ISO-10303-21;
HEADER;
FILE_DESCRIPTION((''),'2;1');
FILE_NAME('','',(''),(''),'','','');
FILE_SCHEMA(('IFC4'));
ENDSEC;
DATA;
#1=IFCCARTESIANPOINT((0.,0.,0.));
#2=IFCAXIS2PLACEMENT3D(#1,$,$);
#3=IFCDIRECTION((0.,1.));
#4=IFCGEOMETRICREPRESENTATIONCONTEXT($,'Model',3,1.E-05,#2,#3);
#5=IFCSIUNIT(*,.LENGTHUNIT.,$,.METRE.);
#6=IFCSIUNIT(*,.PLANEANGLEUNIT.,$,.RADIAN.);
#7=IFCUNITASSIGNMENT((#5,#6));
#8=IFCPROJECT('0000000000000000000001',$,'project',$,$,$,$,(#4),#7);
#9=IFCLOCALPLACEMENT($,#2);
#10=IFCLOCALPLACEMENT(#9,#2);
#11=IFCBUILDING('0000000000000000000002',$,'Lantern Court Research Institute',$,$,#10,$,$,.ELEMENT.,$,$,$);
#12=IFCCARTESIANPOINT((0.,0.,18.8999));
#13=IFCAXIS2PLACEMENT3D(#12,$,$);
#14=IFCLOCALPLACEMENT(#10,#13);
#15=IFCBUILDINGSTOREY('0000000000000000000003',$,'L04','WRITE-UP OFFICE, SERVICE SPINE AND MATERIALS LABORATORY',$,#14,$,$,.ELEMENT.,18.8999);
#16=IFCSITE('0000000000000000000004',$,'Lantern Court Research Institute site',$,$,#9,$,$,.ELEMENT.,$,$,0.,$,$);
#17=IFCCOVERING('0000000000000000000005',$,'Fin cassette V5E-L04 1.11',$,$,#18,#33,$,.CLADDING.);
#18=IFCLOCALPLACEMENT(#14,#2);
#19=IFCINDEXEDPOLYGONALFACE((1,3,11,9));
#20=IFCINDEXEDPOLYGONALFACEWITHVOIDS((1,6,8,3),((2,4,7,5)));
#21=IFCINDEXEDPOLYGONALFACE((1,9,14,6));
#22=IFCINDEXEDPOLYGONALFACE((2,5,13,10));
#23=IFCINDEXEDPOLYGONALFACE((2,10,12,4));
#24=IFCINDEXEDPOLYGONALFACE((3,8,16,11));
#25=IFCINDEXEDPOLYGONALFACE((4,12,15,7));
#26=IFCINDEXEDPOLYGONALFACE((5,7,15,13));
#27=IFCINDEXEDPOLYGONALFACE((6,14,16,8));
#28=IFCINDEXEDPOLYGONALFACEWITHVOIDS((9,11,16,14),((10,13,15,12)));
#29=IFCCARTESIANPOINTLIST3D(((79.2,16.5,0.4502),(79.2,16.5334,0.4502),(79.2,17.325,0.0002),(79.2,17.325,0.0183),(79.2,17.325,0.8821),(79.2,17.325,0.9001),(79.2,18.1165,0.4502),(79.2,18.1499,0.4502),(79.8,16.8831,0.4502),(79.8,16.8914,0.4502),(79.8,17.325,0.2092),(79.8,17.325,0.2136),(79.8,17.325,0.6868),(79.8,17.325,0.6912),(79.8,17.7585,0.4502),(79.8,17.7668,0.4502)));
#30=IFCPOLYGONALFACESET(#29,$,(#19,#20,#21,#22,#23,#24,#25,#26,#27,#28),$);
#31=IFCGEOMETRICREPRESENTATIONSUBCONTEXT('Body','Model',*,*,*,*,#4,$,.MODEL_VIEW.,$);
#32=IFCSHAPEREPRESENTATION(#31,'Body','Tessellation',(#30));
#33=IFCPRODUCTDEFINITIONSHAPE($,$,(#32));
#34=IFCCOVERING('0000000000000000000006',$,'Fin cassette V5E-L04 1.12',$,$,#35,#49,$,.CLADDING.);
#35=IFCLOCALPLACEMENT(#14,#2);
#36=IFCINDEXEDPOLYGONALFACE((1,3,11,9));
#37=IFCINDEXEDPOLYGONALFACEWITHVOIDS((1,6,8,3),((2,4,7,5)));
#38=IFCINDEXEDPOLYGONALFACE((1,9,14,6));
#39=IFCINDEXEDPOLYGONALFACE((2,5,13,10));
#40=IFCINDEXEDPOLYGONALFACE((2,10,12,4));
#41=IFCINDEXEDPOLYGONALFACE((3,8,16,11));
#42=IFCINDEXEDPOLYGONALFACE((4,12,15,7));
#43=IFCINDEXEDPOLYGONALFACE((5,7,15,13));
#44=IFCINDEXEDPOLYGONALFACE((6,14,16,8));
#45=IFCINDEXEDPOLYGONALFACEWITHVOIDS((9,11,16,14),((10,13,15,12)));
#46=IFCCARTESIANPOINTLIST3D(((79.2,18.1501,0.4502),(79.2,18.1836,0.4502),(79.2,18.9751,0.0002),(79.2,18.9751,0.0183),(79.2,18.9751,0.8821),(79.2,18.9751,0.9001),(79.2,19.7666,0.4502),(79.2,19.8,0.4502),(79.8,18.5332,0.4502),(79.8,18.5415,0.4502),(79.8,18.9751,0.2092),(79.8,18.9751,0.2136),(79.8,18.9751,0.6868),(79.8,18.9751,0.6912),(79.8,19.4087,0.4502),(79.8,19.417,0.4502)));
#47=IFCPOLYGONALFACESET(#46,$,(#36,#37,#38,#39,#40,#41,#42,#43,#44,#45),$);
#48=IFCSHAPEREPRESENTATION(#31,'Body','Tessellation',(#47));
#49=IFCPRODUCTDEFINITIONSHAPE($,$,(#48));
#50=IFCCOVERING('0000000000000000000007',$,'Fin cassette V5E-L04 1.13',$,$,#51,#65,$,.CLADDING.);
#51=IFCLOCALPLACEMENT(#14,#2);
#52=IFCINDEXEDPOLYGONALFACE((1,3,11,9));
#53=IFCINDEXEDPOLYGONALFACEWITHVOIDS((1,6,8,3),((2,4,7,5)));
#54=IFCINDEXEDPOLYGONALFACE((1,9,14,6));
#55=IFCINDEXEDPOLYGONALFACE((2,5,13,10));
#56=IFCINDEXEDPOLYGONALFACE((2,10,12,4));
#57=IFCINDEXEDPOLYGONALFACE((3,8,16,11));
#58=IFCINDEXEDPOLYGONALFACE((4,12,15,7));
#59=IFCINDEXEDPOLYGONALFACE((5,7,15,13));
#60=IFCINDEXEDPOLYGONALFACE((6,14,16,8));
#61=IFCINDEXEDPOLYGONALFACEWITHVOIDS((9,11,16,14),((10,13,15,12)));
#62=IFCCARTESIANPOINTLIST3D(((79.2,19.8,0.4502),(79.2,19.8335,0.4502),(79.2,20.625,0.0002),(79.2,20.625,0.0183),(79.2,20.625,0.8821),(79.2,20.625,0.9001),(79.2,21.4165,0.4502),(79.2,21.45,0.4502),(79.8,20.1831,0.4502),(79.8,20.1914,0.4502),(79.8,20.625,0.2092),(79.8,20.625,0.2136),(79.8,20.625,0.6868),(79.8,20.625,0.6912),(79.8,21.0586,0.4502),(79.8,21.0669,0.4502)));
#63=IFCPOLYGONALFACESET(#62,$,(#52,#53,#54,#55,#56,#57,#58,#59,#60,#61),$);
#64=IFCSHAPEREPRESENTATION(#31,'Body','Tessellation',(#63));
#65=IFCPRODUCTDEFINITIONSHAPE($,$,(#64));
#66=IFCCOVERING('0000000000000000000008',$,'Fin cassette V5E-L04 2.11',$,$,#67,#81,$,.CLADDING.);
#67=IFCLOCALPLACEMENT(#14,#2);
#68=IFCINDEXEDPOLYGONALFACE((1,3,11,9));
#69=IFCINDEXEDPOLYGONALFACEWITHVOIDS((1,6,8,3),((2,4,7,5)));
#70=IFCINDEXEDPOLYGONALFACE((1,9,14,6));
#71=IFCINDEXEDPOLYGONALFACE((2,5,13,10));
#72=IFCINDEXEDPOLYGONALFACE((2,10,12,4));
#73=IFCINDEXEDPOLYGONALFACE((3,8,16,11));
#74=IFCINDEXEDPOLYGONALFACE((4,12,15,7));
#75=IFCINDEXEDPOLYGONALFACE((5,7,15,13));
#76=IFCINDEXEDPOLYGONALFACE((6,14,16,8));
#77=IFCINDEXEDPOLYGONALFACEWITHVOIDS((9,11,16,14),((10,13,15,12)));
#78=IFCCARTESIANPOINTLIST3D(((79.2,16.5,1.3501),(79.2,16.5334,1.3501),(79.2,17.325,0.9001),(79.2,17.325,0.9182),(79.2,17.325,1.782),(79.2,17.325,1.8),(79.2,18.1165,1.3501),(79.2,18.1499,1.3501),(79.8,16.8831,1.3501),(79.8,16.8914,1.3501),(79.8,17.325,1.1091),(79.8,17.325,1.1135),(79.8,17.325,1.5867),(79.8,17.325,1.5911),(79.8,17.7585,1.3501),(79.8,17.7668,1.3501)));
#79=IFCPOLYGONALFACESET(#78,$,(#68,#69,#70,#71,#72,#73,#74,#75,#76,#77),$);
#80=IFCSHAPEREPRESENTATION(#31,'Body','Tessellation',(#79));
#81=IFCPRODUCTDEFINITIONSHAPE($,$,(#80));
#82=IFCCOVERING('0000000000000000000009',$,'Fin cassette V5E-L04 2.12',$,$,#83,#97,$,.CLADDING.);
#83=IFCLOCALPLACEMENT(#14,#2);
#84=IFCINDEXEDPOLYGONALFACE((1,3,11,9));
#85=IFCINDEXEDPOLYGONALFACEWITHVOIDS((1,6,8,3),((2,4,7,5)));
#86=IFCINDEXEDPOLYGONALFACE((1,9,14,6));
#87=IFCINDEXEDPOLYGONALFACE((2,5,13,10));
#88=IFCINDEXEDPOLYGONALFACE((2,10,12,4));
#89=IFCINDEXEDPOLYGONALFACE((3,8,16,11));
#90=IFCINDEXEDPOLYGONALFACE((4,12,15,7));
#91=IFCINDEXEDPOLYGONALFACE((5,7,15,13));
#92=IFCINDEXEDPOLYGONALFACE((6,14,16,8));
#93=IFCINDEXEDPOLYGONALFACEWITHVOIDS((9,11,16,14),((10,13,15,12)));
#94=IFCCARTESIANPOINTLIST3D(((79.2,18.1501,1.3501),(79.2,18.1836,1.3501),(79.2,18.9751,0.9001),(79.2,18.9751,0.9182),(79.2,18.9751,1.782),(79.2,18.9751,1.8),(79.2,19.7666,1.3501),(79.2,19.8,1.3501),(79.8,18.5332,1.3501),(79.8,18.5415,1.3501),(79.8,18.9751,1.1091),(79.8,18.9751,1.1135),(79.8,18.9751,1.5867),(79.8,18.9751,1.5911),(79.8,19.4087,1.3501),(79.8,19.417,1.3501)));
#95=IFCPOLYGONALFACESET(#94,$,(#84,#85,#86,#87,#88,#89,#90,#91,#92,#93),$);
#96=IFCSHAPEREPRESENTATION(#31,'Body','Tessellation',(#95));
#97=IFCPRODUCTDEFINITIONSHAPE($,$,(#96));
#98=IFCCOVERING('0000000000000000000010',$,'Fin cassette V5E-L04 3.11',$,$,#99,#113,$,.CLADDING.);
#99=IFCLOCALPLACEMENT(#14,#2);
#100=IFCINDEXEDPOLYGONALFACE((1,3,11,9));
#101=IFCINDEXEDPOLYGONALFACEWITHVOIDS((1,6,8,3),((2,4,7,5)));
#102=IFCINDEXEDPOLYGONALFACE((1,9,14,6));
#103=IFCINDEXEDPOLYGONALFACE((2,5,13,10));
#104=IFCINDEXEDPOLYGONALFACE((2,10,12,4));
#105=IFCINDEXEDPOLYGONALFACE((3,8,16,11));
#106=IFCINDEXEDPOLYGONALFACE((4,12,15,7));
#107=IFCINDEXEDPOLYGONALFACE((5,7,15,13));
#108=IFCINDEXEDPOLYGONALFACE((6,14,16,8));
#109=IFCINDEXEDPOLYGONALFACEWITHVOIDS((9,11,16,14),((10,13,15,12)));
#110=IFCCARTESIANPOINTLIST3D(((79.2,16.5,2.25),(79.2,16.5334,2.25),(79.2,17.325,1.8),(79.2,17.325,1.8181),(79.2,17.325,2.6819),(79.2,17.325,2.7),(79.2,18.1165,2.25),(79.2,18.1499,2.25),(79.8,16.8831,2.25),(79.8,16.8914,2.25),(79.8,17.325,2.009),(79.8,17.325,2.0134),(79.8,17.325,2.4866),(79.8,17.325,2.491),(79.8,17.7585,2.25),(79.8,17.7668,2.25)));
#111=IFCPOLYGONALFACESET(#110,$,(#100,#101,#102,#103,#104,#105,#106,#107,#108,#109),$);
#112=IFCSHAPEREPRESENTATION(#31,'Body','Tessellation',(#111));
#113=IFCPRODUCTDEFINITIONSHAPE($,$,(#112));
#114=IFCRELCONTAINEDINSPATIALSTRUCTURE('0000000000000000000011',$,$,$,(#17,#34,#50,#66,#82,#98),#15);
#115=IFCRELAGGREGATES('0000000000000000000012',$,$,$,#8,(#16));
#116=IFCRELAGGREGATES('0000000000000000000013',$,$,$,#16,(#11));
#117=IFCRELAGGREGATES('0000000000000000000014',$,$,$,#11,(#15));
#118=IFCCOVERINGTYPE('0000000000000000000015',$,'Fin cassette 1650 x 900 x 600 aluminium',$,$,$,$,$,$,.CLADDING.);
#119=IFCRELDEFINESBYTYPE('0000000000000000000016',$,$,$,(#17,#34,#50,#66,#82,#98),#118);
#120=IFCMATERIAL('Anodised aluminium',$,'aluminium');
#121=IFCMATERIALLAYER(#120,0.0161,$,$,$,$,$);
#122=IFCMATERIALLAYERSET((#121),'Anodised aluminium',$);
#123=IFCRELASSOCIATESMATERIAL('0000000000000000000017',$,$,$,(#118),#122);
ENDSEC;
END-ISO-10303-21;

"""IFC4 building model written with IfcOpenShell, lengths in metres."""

from ifc_helpers import new_model, entity, si_unit, direction, frame, origin, place, context, subcontext, project, spatial, material, layer, layer_set, type_object, element, save


model = new_model("IFC4")

# Units and contexts
model_context = context("Model", 3, precision=1e-05, world=origin(), true_north=direction((0.0, 1.0)))
body_context = subcontext(model_context, "Body", "Model", "MODEL_VIEW")
ifc_project = project(units=[si_unit("LENGTHUNIT", "METRE"), si_unit("PLANEANGLEUNIT", "RADIAN")], contexts=[model_context])

# Site, building, storey
site_placement = place(None, origin())
site = spatial("IfcSite", under=ifc_project, at=site_placement, Name="Lantern Court Research Institute site", CompositionType="ELEMENT", RefElevation=0.0)
building_placement = place(site_placement, origin())
building = spatial("IfcBuilding", under=site, at=building_placement, Name="Lantern Court Research Institute", CompositionType="ELEMENT")
storey_placement = place(building_placement, frame((0.0, 0.0, 18.8999)))
storey = spatial("IfcBuildingStorey", under=building, at=storey_placement, Name="L04", Description="WRITE-UP OFFICE, SERVICE SPINE AND MATERIALS LABORATORY", CompositionType="ELEMENT", Elevation=18.8999)

# Coverings
ifc_material_1 = material(Name="Anodised aluminium", Category="aluminium")
ifc_layer_1 = layer(ifc_material_1, 0.0161)
ifc_layer_set_1 = layer_set([ifc_layer_1], Name="Anodised aluminium")
covering_type = type_object("IfcCoveringType", Name="Fin cassette 1650 x 900 x 600 aluminium", PredefinedType="CLADDING", material=ifc_layer_set_1)
covering_1_placement = place(storey_placement, frame((79.2, 17.325, 0.4502), z_axis=(1.0, 0.0, 0.0), x_axis=(0.0, 1.0, 0.0)))
cartesian_point_1 = entity("IfcCartesianPoint", [0.825, 0.0])
cartesian_point_2 = entity("IfcCartesianPoint", [0.7915, 0.0])
cartesian_point_3 = entity("IfcCartesianPoint", [0.4419, 0.0])
cartesian_point_4 = entity("IfcCartesianPoint", [0.4336, 0.0])
element("IfcCovering", 1, at=covering_1_placement, inside=storey, type_object=covering_type, Name="Fin cassette V5E-L04 1.11", PredefinedType="CLADDING", context=body_context, shape_type="SweptSolid", body=[
    entity("IfcExtrudedAreaSolidTapered", entity("IfcArbitraryProfileDefWithVoids", "AREA", None, entity("IfcPolyline", [cartesian_point_1, entity("IfcCartesianPoint", [0.0, 0.45]), entity("IfcCartesianPoint", [-0.825, 0.0]), entity("IfcCartesianPoint", [0.0, -0.45]), cartesian_point_1]), [entity("IfcPolyline", [cartesian_point_2, entity("IfcCartesianPoint", [0.0, 0.4319]), entity("IfcCartesianPoint", [-0.7915, 0.0]), entity("IfcCartesianPoint", [0.0, -0.4319]), cartesian_point_2])]), entity("IfcAxis2Placement3D", entity("IfcCartesianPoint", [0.0, 0.0, 0.0])), entity("IfcDirection", [0.0, 0.0, 1.0]), 0.6001, entity("IfcArbitraryProfileDefWithVoids", "AREA", None, entity("IfcPolyline", [cartesian_point_3, entity("IfcCartesianPoint", [0.0, 0.241]), entity("IfcCartesianPoint", [-0.4419, 0.0]), entity("IfcCartesianPoint", [0.0, -0.241]), cartesian_point_3]), [entity("IfcPolyline", [cartesian_point_4, entity("IfcCartesianPoint", [0.0, 0.2366]), entity("IfcCartesianPoint", [-0.4336, 0.0]), entity("IfcCartesianPoint", [0.0, -0.2366]), cartesian_point_4])])),
])
covering_2_placement = place(storey_placement, frame((79.2, 18.9751, 0.4502), z_axis=(1.0, 0.0, 0.0), x_axis=(0.0, 1.0, 0.0)))
cartesian_point_5 = entity("IfcCartesianPoint", [0.825, 0.0])
cartesian_point_6 = entity("IfcCartesianPoint", [0.7915, 0.0])
cartesian_point_7 = entity("IfcCartesianPoint", [0.4419, 0.0])
cartesian_point_8 = entity("IfcCartesianPoint", [0.4336, 0.0])
element("IfcCovering", 2, at=covering_2_placement, inside=storey, type_object=covering_type, Name="Fin cassette V5E-L04 1.12", PredefinedType="CLADDING", context=body_context, shape_type="SweptSolid", body=[
    entity("IfcExtrudedAreaSolidTapered", entity("IfcArbitraryProfileDefWithVoids", "AREA", None, entity("IfcPolyline", [cartesian_point_5, entity("IfcCartesianPoint", [0.0, 0.45]), entity("IfcCartesianPoint", [-0.825, 0.0]), entity("IfcCartesianPoint", [0.0, -0.45]), cartesian_point_5]), [entity("IfcPolyline", [cartesian_point_6, entity("IfcCartesianPoint", [0.0, 0.4319]), entity("IfcCartesianPoint", [-0.7915, 0.0]), entity("IfcCartesianPoint", [0.0, -0.4319]), cartesian_point_6])]), entity("IfcAxis2Placement3D", entity("IfcCartesianPoint", [0.0, 0.0, 0.0])), entity("IfcDirection", [0.0, 0.0, 1.0]), 0.6001, entity("IfcArbitraryProfileDefWithVoids", "AREA", None, entity("IfcPolyline", [cartesian_point_7, entity("IfcCartesianPoint", [0.0, 0.241]), entity("IfcCartesianPoint", [-0.4419, 0.0]), entity("IfcCartesianPoint", [0.0, -0.241]), cartesian_point_7]), [entity("IfcPolyline", [cartesian_point_8, entity("IfcCartesianPoint", [0.0, 0.2366]), entity("IfcCartesianPoint", [-0.4336, 0.0]), entity("IfcCartesianPoint", [0.0, -0.2366]), cartesian_point_8])])),
])
covering_3_placement = place(storey_placement, frame((79.2, 20.625, 0.4502), z_axis=(1.0, 0.0, 0.0), x_axis=(0.0, 1.0, 0.0)))
cartesian_point_9 = entity("IfcCartesianPoint", [0.825, 0.0])
cartesian_point_10 = entity("IfcCartesianPoint", [0.7915, 0.0])
cartesian_point_11 = entity("IfcCartesianPoint", [0.4419, 0.0])
cartesian_point_12 = entity("IfcCartesianPoint", [0.4336, 0.0])
element("IfcCovering", 3, at=covering_3_placement, inside=storey, type_object=covering_type, Name="Fin cassette V5E-L04 1.13", PredefinedType="CLADDING", context=body_context, shape_type="SweptSolid", body=[
    entity("IfcExtrudedAreaSolidTapered", entity("IfcArbitraryProfileDefWithVoids", "AREA", None, entity("IfcPolyline", [cartesian_point_9, entity("IfcCartesianPoint", [0.0, 0.45]), entity("IfcCartesianPoint", [-0.825, 0.0]), entity("IfcCartesianPoint", [0.0, -0.45]), cartesian_point_9]), [entity("IfcPolyline", [cartesian_point_10, entity("IfcCartesianPoint", [0.0, 0.4319]), entity("IfcCartesianPoint", [-0.7915, 0.0]), entity("IfcCartesianPoint", [0.0, -0.4319]), cartesian_point_10])]), entity("IfcAxis2Placement3D", entity("IfcCartesianPoint", [0.0, 0.0, 0.0])), entity("IfcDirection", [0.0, 0.0, 1.0]), 0.6001, entity("IfcArbitraryProfileDefWithVoids", "AREA", None, entity("IfcPolyline", [cartesian_point_11, entity("IfcCartesianPoint", [0.0, 0.241]), entity("IfcCartesianPoint", [-0.4419, 0.0]), entity("IfcCartesianPoint", [0.0, -0.241]), cartesian_point_11]), [entity("IfcPolyline", [cartesian_point_12, entity("IfcCartesianPoint", [0.0, 0.2366]), entity("IfcCartesianPoint", [-0.4336, 0.0]), entity("IfcCartesianPoint", [0.0, -0.2366]), cartesian_point_12])])),
])
covering_4_placement = place(storey_placement, frame((79.2, 17.325, 1.3501), z_axis=(1.0, 0.0, 0.0), x_axis=(0.0, 1.0, 0.0)))
cartesian_point_13 = entity("IfcCartesianPoint", [0.825, 0.0])
cartesian_point_14 = entity("IfcCartesianPoint", [0.7915, 0.0])
cartesian_point_15 = entity("IfcCartesianPoint", [0.4419, 0.0])
cartesian_point_16 = entity("IfcCartesianPoint", [0.4336, 0.0])
element("IfcCovering", 4, at=covering_4_placement, inside=storey, type_object=covering_type, Name="Fin cassette V5E-L04 2.11", PredefinedType="CLADDING", context=body_context, shape_type="SweptSolid", body=[
    entity("IfcExtrudedAreaSolidTapered", entity("IfcArbitraryProfileDefWithVoids", "AREA", None, entity("IfcPolyline", [cartesian_point_13, entity("IfcCartesianPoint", [0.0, 0.45]), entity("IfcCartesianPoint", [-0.825, 0.0]), entity("IfcCartesianPoint", [0.0, -0.45]), cartesian_point_13]), [entity("IfcPolyline", [cartesian_point_14, entity("IfcCartesianPoint", [0.0, 0.4319]), entity("IfcCartesianPoint", [-0.7915, 0.0]), entity("IfcCartesianPoint", [0.0, -0.4319]), cartesian_point_14])]), entity("IfcAxis2Placement3D", entity("IfcCartesianPoint", [0.0, 0.0, 0.0])), entity("IfcDirection", [0.0, 0.0, 1.0]), 0.6001, entity("IfcArbitraryProfileDefWithVoids", "AREA", None, entity("IfcPolyline", [cartesian_point_15, entity("IfcCartesianPoint", [0.0, 0.241]), entity("IfcCartesianPoint", [-0.4419, 0.0]), entity("IfcCartesianPoint", [0.0, -0.241]), cartesian_point_15]), [entity("IfcPolyline", [cartesian_point_16, entity("IfcCartesianPoint", [0.0, 0.2366]), entity("IfcCartesianPoint", [-0.4336, 0.0]), entity("IfcCartesianPoint", [0.0, -0.2366]), cartesian_point_16])])),
])
covering_5_placement = place(storey_placement, frame((79.2, 18.9751, 1.3501), z_axis=(1.0, 0.0, 0.0), x_axis=(0.0, 1.0, 0.0)))
cartesian_point_17 = entity("IfcCartesianPoint", [0.825, 0.0])
cartesian_point_18 = entity("IfcCartesianPoint", [0.7915, 0.0])
cartesian_point_19 = entity("IfcCartesianPoint", [0.4419, 0.0])
cartesian_point_20 = entity("IfcCartesianPoint", [0.4336, 0.0])
element("IfcCovering", 5, at=covering_5_placement, inside=storey, type_object=covering_type, Name="Fin cassette V5E-L04 2.12", PredefinedType="CLADDING", context=body_context, shape_type="SweptSolid", body=[
    entity("IfcExtrudedAreaSolidTapered", entity("IfcArbitraryProfileDefWithVoids", "AREA", None, entity("IfcPolyline", [cartesian_point_17, entity("IfcCartesianPoint", [0.0, 0.45]), entity("IfcCartesianPoint", [-0.825, 0.0]), entity("IfcCartesianPoint", [0.0, -0.45]), cartesian_point_17]), [entity("IfcPolyline", [cartesian_point_18, entity("IfcCartesianPoint", [0.0, 0.4319]), entity("IfcCartesianPoint", [-0.7915, 0.0]), entity("IfcCartesianPoint", [0.0, -0.4319]), cartesian_point_18])]), entity("IfcAxis2Placement3D", entity("IfcCartesianPoint", [0.0, 0.0, 0.0])), entity("IfcDirection", [0.0, 0.0, 1.0]), 0.6001, entity("IfcArbitraryProfileDefWithVoids", "AREA", None, entity("IfcPolyline", [cartesian_point_19, entity("IfcCartesianPoint", [0.0, 0.241]), entity("IfcCartesianPoint", [-0.4419, 0.0]), entity("IfcCartesianPoint", [0.0, -0.241]), cartesian_point_19]), [entity("IfcPolyline", [cartesian_point_20, entity("IfcCartesianPoint", [0.0, 0.2366]), entity("IfcCartesianPoint", [-0.4336, 0.0]), entity("IfcCartesianPoint", [0.0, -0.2366]), cartesian_point_20])])),
])
covering_6_placement = place(storey_placement, frame((79.2, 17.325, 2.25), z_axis=(1.0, 0.0, 0.0), x_axis=(0.0, 1.0, 0.0)))
cartesian_point_21 = entity("IfcCartesianPoint", [0.825, 0.0])
cartesian_point_22 = entity("IfcCartesianPoint", [0.7915, 0.0])
cartesian_point_23 = entity("IfcCartesianPoint", [0.4419, 0.0])
cartesian_point_24 = entity("IfcCartesianPoint", [0.4336, 0.0])
element("IfcCovering", 6, at=covering_6_placement, inside=storey, type_object=covering_type, Name="Fin cassette V5E-L04 3.11", PredefinedType="CLADDING", context=body_context, shape_type="SweptSolid", body=[
    entity("IfcExtrudedAreaSolidTapered", entity("IfcArbitraryProfileDefWithVoids", "AREA", None, entity("IfcPolyline", [cartesian_point_21, entity("IfcCartesianPoint", [0.0, 0.45]), entity("IfcCartesianPoint", [-0.825, 0.0]), entity("IfcCartesianPoint", [0.0, -0.45]), cartesian_point_21]), [entity("IfcPolyline", [cartesian_point_22, entity("IfcCartesianPoint", [0.0, 0.4319]), entity("IfcCartesianPoint", [-0.7915, 0.0]), entity("IfcCartesianPoint", [0.0, -0.4319]), cartesian_point_22])]), entity("IfcAxis2Placement3D", entity("IfcCartesianPoint", [0.0, 0.0, 0.0])), entity("IfcDirection", [0.0, 0.0, 1.0]), 0.6001, entity("IfcArbitraryProfileDefWithVoids", "AREA", None, entity("IfcPolyline", [cartesian_point_23, entity("IfcCartesianPoint", [0.0, 0.241]), entity("IfcCartesianPoint", [-0.4419, 0.0]), entity("IfcCartesianPoint", [0.0, -0.241]), cartesian_point_23]), [entity("IfcPolyline", [cartesian_point_24, entity("IfcCartesianPoint", [0.0, 0.2366]), entity("IfcCartesianPoint", [-0.4336, 0.0]), entity("IfcCartesianPoint", [0.0, -0.2366]), cartesian_point_24])])),
])

save(model, "model.ifc")
